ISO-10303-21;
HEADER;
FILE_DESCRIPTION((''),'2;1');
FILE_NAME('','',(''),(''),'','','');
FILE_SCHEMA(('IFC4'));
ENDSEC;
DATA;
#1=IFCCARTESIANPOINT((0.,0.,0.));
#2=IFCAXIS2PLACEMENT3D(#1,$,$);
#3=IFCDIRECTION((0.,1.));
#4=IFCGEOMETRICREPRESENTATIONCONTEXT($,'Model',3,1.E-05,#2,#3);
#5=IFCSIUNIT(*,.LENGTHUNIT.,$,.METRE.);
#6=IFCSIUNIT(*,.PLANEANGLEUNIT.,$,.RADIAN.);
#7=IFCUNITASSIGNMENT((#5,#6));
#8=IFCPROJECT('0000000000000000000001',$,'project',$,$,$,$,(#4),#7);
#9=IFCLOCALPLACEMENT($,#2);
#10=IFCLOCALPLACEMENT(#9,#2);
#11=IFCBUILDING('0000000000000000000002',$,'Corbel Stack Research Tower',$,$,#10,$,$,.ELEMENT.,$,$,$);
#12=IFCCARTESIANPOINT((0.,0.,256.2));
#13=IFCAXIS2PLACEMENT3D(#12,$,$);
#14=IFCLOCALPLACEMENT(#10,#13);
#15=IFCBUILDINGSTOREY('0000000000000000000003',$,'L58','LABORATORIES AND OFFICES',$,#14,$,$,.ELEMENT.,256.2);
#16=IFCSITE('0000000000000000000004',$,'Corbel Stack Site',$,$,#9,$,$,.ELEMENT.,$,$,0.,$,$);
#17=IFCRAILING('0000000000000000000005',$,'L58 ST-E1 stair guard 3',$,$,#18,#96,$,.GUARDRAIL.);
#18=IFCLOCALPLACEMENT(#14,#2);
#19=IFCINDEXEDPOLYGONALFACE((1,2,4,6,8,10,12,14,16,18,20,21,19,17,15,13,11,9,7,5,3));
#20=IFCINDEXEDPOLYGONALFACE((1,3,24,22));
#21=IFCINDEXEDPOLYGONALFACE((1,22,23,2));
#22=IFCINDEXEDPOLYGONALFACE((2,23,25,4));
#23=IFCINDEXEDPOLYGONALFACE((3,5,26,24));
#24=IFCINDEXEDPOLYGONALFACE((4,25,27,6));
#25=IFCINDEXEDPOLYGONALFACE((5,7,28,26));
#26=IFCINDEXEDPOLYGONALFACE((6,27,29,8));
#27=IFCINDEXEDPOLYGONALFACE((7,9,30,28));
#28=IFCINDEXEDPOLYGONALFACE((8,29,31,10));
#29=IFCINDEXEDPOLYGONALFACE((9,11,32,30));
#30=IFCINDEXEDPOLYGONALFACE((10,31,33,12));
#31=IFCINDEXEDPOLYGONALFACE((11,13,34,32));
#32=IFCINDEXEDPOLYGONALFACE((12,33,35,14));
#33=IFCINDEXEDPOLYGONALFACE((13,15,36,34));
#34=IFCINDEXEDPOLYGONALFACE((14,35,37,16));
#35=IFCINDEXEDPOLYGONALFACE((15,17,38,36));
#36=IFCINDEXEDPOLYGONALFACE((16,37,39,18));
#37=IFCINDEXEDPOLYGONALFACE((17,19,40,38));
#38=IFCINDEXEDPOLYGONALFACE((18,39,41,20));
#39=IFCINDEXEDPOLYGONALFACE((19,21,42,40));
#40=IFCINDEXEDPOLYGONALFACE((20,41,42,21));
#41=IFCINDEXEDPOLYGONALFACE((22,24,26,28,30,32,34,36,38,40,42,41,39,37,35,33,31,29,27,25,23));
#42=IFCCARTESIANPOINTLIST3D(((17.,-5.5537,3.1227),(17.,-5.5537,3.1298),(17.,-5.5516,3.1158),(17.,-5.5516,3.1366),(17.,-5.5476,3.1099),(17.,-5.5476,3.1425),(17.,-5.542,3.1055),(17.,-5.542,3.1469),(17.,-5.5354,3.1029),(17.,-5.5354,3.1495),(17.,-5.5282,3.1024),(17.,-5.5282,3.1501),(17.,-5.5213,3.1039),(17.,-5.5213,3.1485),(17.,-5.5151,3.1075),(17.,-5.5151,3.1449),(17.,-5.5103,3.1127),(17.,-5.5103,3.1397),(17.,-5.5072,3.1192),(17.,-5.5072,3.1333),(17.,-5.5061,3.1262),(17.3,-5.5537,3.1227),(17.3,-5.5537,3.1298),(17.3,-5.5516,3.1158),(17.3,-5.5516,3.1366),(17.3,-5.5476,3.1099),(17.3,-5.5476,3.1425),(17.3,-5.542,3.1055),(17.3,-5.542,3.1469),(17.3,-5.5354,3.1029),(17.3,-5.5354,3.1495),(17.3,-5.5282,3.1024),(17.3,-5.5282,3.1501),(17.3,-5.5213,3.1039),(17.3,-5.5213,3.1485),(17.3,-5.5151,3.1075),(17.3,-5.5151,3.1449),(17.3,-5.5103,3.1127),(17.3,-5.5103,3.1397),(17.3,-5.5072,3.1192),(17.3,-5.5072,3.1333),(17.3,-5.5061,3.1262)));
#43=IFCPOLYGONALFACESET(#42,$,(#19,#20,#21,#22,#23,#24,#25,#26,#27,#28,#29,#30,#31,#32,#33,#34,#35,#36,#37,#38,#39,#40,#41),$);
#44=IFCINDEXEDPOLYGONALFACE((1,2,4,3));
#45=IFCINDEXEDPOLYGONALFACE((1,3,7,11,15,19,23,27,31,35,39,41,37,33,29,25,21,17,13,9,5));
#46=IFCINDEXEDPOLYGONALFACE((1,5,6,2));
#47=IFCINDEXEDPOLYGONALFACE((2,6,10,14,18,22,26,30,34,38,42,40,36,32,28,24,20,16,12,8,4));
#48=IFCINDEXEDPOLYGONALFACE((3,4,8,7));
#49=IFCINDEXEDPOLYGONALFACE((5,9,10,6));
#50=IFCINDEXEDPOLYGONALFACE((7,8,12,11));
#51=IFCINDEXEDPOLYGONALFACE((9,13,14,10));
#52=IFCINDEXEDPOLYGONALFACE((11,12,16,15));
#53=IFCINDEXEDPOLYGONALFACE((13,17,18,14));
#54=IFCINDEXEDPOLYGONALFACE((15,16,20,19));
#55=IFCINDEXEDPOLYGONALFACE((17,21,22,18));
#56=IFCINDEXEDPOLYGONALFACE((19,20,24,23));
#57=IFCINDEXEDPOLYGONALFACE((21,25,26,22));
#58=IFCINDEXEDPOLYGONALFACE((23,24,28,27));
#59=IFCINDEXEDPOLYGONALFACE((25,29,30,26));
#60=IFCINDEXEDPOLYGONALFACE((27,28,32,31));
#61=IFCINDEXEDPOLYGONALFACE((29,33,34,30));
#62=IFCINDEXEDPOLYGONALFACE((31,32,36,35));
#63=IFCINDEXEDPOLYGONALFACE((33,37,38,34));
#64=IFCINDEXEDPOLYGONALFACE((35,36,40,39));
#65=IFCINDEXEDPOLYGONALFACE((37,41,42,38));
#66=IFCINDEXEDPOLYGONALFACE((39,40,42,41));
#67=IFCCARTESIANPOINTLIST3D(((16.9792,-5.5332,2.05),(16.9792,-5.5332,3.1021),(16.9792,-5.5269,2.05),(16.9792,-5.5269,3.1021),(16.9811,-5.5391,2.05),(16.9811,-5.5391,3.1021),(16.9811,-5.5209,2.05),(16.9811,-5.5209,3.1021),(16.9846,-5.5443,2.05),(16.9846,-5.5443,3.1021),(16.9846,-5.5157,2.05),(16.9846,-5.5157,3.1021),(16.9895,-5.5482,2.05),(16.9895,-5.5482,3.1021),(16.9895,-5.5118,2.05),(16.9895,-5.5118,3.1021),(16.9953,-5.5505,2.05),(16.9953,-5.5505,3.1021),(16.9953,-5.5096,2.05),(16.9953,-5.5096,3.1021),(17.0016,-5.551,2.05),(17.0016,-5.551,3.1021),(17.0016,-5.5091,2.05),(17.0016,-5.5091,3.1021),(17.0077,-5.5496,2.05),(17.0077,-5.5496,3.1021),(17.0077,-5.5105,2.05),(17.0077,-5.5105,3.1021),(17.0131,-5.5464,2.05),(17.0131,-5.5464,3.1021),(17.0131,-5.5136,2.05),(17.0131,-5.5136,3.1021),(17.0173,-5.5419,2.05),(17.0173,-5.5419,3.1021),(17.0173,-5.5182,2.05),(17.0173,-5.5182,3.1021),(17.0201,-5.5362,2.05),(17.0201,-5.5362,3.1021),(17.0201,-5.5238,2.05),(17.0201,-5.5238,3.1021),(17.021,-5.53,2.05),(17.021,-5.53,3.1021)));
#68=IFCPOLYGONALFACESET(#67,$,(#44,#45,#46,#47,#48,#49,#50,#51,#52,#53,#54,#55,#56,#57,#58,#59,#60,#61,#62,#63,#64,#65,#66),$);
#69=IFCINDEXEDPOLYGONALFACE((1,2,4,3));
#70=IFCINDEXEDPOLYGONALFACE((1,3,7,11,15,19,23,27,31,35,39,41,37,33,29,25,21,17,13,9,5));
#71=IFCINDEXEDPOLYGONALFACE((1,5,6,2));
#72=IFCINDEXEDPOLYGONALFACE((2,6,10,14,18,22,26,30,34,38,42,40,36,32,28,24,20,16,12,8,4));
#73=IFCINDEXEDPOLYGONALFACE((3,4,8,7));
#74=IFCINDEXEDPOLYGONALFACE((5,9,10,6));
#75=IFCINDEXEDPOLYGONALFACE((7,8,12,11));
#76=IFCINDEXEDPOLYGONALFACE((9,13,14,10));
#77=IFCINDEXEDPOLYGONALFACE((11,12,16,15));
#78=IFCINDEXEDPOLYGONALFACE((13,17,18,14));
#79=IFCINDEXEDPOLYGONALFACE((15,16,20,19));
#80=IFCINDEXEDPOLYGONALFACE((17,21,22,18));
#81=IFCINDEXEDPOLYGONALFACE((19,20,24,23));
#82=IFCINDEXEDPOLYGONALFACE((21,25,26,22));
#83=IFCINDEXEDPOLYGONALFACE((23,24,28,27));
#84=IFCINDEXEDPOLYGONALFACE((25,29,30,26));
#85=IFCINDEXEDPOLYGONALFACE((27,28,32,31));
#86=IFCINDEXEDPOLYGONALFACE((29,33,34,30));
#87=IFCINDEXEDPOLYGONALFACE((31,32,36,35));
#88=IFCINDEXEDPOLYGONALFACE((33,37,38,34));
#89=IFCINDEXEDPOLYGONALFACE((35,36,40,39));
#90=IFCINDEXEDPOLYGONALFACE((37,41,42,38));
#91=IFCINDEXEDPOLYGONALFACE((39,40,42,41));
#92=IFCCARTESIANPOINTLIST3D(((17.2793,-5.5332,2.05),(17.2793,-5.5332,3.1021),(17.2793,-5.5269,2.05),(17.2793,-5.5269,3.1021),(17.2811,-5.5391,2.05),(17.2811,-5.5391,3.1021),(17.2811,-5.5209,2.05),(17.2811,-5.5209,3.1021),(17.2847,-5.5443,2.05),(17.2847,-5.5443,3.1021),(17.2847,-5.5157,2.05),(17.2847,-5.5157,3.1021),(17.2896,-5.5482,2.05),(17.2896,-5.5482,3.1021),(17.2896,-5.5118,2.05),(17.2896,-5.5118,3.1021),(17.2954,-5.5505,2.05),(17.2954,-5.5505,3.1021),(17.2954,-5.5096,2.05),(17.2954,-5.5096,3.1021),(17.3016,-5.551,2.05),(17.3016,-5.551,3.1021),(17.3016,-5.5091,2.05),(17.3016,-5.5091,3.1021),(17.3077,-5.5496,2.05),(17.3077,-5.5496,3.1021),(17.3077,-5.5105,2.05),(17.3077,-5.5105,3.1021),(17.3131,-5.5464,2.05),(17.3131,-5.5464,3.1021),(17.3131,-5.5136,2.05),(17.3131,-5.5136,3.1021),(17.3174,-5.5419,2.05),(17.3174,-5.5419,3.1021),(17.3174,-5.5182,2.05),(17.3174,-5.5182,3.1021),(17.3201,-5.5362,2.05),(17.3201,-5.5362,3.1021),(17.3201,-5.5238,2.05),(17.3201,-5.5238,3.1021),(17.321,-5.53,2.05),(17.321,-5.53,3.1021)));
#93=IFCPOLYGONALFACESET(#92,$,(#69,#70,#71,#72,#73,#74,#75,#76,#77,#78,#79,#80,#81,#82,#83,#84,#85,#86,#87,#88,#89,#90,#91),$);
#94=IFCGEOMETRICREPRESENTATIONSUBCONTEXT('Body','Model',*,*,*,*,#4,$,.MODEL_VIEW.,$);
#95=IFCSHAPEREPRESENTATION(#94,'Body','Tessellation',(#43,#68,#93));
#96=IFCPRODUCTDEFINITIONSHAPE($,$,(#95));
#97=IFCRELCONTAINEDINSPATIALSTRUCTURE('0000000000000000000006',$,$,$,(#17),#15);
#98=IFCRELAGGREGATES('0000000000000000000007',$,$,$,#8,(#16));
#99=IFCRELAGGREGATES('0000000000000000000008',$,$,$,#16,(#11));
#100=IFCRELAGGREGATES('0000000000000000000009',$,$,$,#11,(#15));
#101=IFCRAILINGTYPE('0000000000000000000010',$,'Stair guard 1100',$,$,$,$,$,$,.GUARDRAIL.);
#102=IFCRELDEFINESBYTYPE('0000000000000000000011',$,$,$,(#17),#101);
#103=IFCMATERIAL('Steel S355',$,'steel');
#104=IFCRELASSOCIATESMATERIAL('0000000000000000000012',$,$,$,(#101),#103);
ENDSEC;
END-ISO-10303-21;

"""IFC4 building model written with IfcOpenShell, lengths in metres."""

from ifc_helpers import new_model, si_unit, direction, frame, origin, origin_2d, place, context, subcontext, project, spatial, circle, extrude, material, type_object, element, save


model = new_model("IFC4")

# Units and contexts
model_context = context("Model", 3, precision=1e-05, world=origin(), true_north=direction((0.0, 1.0)))
body_context = subcontext(model_context, "Body", "Model", "MODEL_VIEW")
ifc_project = project(units=[si_unit("LENGTHUNIT", "METRE"), si_unit("PLANEANGLEUNIT", "RADIAN")], contexts=[model_context])

# Site, building, storey
site_placement = place(None, origin())
site = spatial("IfcSite", under=ifc_project, at=site_placement, Name="Corbel Stack Site", CompositionType="ELEMENT", RefElevation=0.0)
building_placement = place(site_placement, origin())
building = spatial("IfcBuilding", under=site, at=building_placement, Name="Corbel Stack Research Tower", CompositionType="ELEMENT")
storey_placement = place(building_placement, frame((0.0, 0.0, 256.2)))
storey = spatial("IfcBuildingStorey", under=building, at=storey_placement, Name="L58", Description="LABORATORIES AND OFFICES", CompositionType="ELEMENT", Elevation=256.2)

# Railing
ifc_material_1 = material(Name="Steel S355", Category="steel")
railing_type_1 = type_object("IfcRailingType", Name="Stair guard 1100", PredefinedType="GUARDRAIL", material=ifc_material_1)
railing_1_placement = place(storey_placement, frame((17.0, -5.53, 2.05)))
element("IfcRailing", 1, at=railing_1_placement, inside=storey, type_object=railing_type_1, Name="L58 ST-E1 stair guard 3", PredefinedType="GUARDRAIL", context=body_context, shape_type="SweptSolid", body=[
    extrude(circle(Radius=0.0239, at=origin_2d()), frame((0.0, 0.0, 1.0762), z_axis=(1.0, 0.0, 0.0), x_axis=(0.0, 1.0, 0.0)), (0.0, 0.0, 1.0), 0.3),
    extrude(circle(Radius=0.021, at=origin_2d()), origin(), (0.0, 0.0, 1.0), 1.052),
    extrude(circle(Radius=0.021, at=origin_2d()), frame((0.3, 0.0, 0.0)), (0.0, 0.0, 1.0), 1.052),
])

save(model, "model.ifc")
